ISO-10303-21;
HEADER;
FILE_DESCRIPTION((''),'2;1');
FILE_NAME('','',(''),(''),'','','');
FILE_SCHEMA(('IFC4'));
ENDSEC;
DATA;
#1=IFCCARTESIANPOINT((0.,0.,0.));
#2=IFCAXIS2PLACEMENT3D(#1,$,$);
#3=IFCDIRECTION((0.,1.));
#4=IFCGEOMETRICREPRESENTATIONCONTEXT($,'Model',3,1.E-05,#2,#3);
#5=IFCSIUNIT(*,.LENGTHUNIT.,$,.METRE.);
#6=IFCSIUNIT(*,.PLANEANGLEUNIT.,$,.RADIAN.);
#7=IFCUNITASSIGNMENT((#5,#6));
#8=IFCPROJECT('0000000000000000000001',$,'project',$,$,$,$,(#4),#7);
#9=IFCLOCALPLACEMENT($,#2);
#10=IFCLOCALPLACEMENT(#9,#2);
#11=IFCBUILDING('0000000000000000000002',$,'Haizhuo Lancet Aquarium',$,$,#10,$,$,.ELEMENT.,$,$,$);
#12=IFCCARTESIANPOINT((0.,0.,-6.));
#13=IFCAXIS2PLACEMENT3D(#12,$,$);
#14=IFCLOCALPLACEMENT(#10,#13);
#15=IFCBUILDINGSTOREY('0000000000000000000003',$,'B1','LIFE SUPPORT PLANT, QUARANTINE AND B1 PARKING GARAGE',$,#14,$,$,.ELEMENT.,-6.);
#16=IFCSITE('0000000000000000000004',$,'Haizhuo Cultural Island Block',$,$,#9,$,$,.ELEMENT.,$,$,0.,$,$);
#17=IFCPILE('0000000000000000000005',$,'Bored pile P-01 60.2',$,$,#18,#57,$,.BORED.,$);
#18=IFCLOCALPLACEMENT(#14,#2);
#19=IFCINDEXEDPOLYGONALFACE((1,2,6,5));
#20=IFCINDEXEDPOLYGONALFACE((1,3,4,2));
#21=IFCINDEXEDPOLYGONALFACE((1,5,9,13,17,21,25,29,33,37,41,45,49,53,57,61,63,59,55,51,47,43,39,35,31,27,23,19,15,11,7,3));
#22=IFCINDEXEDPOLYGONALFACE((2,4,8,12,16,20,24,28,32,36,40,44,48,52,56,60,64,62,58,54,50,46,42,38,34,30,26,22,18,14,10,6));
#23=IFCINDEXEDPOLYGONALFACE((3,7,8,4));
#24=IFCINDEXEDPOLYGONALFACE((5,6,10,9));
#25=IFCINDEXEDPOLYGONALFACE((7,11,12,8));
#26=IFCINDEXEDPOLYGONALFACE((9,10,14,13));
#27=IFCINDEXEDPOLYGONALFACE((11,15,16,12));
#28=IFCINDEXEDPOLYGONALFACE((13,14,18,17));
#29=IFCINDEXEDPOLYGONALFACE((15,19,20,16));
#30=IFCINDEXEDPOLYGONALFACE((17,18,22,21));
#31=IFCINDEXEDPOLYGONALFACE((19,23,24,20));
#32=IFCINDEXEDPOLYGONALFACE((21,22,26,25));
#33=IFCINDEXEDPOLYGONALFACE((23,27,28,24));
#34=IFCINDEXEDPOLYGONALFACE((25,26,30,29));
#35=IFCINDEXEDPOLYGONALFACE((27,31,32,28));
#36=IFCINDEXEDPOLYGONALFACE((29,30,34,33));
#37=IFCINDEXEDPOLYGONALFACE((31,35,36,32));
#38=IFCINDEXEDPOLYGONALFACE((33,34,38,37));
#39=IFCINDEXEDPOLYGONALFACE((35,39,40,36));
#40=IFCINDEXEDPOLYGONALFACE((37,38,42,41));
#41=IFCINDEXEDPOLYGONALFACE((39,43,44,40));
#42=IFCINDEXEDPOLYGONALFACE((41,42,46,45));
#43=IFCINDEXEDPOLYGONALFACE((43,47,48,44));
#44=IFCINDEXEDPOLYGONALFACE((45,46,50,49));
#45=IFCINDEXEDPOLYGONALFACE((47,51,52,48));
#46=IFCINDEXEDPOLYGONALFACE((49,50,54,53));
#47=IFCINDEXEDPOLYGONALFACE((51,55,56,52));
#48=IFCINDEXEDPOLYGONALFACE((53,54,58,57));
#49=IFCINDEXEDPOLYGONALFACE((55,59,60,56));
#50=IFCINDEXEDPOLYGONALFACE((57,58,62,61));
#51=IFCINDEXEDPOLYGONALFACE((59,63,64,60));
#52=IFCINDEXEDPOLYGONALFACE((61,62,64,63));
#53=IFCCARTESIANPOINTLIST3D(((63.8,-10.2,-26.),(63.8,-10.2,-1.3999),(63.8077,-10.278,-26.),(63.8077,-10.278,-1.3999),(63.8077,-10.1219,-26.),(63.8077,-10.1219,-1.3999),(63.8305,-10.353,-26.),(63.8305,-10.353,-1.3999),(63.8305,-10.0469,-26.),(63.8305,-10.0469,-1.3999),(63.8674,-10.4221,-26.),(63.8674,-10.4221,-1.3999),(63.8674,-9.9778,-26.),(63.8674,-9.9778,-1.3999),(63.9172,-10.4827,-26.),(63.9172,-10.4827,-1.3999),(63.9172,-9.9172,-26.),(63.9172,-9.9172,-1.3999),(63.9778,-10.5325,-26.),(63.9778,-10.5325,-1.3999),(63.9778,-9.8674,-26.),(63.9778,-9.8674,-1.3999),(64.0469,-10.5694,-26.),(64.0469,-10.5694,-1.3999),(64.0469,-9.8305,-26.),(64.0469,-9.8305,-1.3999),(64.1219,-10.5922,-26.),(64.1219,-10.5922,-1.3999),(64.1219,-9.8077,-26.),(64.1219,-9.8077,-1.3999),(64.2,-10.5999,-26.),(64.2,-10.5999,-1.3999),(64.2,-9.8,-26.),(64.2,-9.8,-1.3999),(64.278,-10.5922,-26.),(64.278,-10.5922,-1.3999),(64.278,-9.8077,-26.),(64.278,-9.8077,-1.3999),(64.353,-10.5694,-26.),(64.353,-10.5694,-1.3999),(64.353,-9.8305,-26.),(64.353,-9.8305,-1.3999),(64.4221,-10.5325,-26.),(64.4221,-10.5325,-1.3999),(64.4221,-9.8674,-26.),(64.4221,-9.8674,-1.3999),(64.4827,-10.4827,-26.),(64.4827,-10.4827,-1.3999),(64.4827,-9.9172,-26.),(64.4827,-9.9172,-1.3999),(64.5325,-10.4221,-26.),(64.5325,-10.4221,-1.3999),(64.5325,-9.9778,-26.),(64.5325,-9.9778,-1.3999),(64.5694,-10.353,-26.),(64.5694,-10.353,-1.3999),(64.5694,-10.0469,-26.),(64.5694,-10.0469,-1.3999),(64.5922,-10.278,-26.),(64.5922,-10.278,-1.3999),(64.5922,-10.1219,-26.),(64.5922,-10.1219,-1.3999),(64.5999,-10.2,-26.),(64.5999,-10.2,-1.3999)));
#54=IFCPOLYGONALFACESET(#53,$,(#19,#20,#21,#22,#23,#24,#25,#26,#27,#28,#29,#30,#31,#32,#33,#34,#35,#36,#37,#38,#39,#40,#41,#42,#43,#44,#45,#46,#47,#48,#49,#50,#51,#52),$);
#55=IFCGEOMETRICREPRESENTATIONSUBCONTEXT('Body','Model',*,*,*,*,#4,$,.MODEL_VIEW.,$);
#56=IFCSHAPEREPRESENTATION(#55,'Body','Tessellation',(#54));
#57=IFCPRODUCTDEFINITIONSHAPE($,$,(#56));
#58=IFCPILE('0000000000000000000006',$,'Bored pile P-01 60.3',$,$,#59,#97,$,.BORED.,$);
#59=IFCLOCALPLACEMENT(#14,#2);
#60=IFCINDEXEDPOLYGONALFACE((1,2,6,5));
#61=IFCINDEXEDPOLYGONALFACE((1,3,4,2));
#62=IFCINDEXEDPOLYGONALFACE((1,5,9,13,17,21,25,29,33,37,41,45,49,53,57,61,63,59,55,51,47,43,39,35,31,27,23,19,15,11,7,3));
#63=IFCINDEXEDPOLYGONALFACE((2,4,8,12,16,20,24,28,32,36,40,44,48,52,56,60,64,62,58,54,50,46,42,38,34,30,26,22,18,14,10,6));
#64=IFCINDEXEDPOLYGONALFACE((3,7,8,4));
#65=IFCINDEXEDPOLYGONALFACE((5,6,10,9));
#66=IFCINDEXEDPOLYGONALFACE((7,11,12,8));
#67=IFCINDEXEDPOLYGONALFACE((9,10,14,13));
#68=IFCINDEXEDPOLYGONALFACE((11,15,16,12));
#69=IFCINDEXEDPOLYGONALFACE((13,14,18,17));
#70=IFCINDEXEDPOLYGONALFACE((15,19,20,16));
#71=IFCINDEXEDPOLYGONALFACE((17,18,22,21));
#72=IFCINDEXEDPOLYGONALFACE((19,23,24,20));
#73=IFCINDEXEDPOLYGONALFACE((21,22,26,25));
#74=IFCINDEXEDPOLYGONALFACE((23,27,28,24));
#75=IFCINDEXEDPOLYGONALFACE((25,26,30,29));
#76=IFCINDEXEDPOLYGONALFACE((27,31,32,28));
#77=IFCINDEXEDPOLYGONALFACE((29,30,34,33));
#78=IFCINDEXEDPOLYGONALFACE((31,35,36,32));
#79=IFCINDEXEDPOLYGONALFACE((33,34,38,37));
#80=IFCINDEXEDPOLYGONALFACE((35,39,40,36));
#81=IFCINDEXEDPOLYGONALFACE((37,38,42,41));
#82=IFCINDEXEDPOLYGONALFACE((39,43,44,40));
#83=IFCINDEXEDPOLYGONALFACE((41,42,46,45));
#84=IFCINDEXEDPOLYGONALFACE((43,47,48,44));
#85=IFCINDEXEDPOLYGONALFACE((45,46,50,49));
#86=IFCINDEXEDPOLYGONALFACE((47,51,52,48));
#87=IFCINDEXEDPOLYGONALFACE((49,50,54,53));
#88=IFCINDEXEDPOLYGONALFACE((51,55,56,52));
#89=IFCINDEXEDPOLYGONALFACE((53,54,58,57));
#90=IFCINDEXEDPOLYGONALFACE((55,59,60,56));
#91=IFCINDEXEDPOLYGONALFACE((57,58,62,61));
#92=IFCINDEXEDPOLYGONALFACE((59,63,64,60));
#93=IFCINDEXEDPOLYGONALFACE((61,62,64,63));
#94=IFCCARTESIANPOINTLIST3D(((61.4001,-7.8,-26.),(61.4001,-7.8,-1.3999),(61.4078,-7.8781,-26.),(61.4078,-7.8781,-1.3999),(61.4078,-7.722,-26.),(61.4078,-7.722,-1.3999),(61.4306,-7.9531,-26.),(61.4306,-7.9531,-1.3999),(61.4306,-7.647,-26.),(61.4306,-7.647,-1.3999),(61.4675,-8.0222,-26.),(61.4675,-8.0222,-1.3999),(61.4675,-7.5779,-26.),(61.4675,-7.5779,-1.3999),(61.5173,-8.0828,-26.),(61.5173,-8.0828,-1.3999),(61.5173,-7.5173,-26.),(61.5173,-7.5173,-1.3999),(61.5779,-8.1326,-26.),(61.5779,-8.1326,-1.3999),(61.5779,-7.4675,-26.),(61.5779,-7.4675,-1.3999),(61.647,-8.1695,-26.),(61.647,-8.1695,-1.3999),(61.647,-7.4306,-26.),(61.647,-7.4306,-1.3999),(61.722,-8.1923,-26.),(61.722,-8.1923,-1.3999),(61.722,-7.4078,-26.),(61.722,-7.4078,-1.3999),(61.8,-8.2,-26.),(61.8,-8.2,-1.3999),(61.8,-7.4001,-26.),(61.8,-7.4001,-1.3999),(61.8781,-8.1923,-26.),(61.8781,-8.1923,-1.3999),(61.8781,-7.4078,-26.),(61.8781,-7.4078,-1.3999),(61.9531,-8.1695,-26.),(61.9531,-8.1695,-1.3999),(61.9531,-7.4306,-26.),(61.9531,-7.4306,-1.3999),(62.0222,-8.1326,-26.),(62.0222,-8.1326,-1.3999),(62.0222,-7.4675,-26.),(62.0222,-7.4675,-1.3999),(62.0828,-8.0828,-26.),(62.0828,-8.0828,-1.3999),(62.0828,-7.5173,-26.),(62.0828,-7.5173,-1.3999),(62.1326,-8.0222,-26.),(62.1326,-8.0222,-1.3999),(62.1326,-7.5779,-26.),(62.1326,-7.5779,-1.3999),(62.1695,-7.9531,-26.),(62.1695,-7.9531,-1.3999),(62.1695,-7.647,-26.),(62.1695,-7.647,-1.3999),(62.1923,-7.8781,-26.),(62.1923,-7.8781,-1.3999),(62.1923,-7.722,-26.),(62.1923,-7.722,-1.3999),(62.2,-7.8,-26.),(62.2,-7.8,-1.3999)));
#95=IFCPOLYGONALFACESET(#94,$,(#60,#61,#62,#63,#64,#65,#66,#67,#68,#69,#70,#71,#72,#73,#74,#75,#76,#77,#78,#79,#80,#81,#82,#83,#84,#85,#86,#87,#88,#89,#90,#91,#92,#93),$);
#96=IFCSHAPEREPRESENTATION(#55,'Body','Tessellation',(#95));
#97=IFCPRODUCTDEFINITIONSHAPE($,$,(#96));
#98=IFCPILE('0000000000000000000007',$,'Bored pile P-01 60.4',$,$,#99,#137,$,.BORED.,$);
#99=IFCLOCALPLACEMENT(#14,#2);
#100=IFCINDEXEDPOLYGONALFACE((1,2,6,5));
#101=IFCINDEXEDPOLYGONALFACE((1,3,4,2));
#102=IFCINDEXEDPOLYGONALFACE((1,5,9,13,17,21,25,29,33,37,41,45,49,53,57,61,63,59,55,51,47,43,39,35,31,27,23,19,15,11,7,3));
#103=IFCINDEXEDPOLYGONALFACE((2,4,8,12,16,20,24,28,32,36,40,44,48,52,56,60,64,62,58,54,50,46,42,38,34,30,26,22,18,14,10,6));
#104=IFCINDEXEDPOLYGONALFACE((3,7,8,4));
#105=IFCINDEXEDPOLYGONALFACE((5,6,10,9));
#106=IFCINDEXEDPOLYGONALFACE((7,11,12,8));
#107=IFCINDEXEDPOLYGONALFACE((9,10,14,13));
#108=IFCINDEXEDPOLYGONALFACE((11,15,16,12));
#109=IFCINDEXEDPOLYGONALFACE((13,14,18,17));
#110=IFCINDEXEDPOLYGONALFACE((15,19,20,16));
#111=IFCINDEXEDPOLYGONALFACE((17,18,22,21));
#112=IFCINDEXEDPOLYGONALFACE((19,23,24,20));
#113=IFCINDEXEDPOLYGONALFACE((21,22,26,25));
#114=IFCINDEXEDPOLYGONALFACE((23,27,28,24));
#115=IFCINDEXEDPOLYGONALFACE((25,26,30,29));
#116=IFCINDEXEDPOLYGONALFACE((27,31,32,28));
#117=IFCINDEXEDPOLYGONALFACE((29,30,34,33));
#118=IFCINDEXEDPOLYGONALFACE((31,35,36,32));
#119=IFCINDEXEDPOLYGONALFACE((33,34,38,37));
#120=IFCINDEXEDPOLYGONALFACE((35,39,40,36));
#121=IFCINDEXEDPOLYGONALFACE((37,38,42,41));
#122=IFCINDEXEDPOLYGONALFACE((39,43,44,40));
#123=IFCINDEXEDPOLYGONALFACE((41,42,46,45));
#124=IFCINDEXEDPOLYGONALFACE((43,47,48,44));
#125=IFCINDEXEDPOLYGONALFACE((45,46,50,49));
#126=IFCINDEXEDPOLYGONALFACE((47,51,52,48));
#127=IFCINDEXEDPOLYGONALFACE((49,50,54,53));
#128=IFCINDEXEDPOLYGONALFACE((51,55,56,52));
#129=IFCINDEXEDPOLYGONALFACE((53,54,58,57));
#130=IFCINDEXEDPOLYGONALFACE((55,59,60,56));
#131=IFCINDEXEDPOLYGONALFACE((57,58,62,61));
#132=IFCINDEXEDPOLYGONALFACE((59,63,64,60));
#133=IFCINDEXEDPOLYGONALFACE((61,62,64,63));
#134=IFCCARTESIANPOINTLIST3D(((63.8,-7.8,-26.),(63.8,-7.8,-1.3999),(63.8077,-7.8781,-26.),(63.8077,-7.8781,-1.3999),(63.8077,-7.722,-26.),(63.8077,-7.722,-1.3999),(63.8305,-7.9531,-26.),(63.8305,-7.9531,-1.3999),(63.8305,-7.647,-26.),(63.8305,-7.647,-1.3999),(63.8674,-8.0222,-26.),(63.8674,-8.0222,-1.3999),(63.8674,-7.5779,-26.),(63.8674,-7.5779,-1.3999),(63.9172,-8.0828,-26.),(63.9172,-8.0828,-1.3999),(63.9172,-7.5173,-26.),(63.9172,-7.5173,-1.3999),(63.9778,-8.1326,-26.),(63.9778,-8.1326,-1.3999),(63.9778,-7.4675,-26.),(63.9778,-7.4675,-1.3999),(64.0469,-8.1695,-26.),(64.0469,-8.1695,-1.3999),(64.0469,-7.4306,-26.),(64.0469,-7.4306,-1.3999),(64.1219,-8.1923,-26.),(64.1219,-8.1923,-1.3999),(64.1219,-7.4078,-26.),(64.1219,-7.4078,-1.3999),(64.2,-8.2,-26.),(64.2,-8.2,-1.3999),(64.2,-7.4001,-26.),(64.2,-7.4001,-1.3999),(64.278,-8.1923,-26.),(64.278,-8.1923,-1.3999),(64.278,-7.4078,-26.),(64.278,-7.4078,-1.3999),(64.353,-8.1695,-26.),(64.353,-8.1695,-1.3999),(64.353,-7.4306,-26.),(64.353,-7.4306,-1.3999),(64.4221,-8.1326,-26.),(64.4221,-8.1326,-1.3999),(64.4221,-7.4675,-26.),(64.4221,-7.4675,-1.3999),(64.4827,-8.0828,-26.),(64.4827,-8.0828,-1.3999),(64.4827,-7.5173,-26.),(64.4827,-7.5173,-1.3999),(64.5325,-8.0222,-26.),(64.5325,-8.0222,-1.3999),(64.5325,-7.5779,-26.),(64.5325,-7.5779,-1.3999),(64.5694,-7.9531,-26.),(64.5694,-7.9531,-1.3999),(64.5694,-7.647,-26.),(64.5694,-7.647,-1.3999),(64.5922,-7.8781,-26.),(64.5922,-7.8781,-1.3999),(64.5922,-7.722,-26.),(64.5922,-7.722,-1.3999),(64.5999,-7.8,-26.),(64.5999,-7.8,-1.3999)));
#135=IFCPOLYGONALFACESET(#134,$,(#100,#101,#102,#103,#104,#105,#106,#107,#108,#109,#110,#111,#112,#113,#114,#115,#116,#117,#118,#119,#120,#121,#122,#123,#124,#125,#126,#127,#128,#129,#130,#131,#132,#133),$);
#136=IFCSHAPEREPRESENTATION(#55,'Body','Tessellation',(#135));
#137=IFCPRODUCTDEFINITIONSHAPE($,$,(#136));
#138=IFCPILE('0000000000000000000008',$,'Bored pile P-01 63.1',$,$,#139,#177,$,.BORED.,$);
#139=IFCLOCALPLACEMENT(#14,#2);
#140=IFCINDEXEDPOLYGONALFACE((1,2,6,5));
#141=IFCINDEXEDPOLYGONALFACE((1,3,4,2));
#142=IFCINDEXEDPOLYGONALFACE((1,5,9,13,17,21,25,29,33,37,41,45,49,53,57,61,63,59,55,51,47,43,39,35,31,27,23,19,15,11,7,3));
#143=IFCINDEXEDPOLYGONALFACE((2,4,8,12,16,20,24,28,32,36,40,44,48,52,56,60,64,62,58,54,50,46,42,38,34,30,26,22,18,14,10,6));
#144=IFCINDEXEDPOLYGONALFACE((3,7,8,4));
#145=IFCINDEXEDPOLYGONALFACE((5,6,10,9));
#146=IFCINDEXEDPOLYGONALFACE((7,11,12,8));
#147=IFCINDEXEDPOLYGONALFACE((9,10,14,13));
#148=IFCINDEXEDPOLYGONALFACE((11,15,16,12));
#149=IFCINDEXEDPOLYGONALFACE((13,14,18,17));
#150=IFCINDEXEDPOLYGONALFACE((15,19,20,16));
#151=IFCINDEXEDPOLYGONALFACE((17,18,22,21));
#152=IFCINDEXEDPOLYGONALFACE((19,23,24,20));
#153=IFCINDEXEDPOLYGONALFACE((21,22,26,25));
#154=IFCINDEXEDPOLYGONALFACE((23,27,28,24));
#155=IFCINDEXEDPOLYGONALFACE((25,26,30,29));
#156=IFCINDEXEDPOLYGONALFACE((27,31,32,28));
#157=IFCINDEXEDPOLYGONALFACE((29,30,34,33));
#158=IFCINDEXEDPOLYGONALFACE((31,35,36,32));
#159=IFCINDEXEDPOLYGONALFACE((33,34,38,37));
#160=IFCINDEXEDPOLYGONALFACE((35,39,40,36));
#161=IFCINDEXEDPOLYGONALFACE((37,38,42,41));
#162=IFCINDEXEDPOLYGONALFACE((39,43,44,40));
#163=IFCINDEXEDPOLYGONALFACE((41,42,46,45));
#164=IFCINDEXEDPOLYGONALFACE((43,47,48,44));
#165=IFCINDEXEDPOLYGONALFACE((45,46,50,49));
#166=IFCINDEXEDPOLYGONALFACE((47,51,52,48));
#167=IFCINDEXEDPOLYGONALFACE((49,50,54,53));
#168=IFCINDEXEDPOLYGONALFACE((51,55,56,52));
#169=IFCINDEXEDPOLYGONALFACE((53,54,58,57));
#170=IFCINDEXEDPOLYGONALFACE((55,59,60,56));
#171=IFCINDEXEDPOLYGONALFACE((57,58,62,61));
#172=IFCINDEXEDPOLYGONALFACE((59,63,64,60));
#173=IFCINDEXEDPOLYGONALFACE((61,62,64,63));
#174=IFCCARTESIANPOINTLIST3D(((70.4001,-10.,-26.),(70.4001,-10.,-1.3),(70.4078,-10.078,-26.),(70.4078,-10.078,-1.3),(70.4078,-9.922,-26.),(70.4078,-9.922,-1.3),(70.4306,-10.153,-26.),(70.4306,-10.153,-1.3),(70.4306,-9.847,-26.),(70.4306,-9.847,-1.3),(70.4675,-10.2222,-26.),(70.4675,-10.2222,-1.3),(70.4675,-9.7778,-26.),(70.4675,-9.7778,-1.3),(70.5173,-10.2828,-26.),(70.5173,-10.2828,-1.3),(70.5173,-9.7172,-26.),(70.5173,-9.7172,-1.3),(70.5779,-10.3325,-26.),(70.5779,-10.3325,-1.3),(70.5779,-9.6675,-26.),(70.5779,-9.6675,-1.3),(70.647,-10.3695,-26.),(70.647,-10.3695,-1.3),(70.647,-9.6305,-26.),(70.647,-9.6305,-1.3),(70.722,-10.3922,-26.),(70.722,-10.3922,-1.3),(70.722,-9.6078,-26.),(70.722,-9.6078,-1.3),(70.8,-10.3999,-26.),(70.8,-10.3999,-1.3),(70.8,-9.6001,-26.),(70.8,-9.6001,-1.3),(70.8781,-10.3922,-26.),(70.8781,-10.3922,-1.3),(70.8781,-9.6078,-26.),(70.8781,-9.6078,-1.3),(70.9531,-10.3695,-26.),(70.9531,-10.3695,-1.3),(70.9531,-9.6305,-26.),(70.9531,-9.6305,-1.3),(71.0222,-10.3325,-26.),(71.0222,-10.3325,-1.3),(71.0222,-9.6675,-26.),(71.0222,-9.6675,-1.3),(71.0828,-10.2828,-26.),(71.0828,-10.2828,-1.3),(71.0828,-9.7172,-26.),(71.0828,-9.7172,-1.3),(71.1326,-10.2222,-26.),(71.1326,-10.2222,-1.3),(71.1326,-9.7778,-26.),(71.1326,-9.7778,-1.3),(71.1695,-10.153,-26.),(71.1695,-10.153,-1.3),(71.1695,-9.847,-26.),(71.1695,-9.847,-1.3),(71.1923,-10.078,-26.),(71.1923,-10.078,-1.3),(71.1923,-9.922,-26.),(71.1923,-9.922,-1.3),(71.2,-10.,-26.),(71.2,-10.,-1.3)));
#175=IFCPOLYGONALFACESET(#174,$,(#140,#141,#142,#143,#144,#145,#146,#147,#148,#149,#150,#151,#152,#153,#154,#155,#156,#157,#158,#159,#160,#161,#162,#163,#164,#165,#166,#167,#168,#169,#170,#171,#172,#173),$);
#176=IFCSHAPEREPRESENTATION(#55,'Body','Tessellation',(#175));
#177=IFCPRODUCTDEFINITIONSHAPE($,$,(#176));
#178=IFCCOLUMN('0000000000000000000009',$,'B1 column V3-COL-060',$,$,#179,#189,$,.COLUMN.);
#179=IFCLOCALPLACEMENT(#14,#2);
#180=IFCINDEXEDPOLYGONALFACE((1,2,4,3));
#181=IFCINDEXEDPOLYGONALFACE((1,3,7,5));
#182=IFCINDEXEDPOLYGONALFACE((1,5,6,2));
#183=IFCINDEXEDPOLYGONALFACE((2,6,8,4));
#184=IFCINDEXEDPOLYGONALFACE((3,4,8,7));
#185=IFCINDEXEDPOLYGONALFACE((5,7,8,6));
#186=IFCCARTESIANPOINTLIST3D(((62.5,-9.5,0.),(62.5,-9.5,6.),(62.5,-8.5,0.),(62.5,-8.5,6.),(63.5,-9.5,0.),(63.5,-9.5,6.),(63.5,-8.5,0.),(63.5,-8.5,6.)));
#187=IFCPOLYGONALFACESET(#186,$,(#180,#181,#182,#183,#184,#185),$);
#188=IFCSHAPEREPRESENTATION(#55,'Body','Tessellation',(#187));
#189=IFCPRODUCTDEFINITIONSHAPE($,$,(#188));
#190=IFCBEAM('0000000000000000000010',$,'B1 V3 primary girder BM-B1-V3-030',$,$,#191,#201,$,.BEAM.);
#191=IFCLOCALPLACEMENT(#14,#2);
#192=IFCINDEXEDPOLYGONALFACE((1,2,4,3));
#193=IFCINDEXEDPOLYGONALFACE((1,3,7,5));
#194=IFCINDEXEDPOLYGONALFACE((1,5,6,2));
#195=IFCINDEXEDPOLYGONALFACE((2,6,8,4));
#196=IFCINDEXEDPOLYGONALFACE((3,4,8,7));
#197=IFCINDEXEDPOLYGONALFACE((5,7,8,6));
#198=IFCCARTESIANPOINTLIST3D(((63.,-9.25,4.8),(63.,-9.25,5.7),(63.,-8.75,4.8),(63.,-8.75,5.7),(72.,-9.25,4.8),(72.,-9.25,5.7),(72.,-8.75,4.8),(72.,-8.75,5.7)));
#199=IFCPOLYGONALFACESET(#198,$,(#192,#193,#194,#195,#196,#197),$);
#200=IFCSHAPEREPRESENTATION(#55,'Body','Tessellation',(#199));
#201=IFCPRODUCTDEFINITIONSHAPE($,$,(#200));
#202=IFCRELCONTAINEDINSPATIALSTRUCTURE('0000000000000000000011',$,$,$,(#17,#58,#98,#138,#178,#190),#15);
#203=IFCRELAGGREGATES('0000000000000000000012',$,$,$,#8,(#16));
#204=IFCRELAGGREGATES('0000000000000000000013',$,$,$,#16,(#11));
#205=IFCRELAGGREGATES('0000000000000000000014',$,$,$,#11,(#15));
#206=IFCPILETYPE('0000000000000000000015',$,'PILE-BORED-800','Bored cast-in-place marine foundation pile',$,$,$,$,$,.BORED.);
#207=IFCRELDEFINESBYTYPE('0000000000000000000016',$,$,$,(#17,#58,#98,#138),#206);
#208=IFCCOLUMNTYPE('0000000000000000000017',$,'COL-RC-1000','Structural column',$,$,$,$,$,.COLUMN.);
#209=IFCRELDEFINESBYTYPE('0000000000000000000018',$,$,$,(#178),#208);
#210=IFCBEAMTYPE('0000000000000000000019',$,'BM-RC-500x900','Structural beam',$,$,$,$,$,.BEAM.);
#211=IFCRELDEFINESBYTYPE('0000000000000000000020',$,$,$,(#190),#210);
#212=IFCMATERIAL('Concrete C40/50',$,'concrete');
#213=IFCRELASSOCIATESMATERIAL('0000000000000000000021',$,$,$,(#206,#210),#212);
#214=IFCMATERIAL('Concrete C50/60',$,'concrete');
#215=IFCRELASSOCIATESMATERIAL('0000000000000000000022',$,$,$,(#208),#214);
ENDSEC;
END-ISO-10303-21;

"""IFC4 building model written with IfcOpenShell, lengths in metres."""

from ifc_helpers import new_model, si_unit, direction, frame, origin, origin_2d, place, context, subcontext, project, spatial, rectangle, circle, extrude, material, material_profile, profile_set, type_object, element, save


model = new_model("IFC4")

# Units and contexts
model_context = context("Model", 3, precision=1e-05, world=origin(), true_north=direction((0.0, 1.0)))
body_context = subcontext(model_context, "Body", "Model", "MODEL_VIEW")
ifc_project = project(units=[si_unit("LENGTHUNIT", "METRE"), si_unit("PLANEANGLEUNIT", "RADIAN")], contexts=[model_context])

# Site, building, storey
site_placement = place(None, origin())
site = spatial("IfcSite", under=ifc_project, at=site_placement, Name="Haizhuo Cultural Island Block", CompositionType="ELEMENT", RefElevation=0.0)
building_placement = place(site_placement, origin())
building = spatial("IfcBuilding", under=site, at=building_placement, Name="Haizhuo Lancet Aquarium", CompositionType="ELEMENT")
storey_placement = place(building_placement, frame((0.0, 0.0, -6.0)))
storey = spatial("IfcBuildingStorey", under=building, at=storey_placement, Name="B1", Description="LIFE SUPPORT PLANT, QUARANTINE AND B1 PARKING GARAGE", CompositionType="ELEMENT", Elevation=-6.0)

# Shared definitions
ifc_material_1 = material(Name="Concrete C40/50", Category="concrete")

# Piles
ifc_material_profile_1 = material_profile(ifc_material_1, circle(Radius=0.3999, at=origin_2d()), Name="PILE-800")
ifc_profile_set_1 = profile_set([ifc_material_profile_1], Name="Concrete C40/50")
pile_type = type_object("IfcPileType", Name="PILE-BORED-800", Description="Bored cast-in-place marine foundation pile", PredefinedType="BORED", material=ifc_profile_set_1)
for number, where, z_axis, x_axis, name in (
    (1, (64.2, -10.2, -1.3999), (0.0, 0.0, -1.0), (1.0, 0.0, 0.0), "Bored pile P-01 60.2"),
    (2, (61.8, -7.8, -1.3999), (0.0, 0.0, -1.0), (1.0, 0.0, 0.0), "Bored pile P-01 60.3"),
    (3, (64.2, -7.8, -1.3999), (0.0, 0.0, -1.0), (1.0, 0.0, 0.0), "Bored pile P-01 60.4"),
):
    element("IfcPile", number, at=place(storey_placement, frame(where, z_axis=z_axis, x_axis=x_axis)), inside=storey, type_object=pile_type, Name=name, PredefinedType="BORED", context=body_context, shape_type="SweptSolid", body=[
        extrude(circle(Radius=0.3999, at=origin_2d()), origin(), (0.0, 0.0, 1.0), 24.6001),
    ])
pile_1_placement = place(storey_placement, frame((70.8, -10.0, -1.3), z_axis=(0.0, 0.0, -1.0), x_axis=(1.0, 0.0, 0.0)))
element("IfcPile", 4, at=pile_1_placement, inside=storey, type_object=pile_type, Name="Bored pile P-01 63.1", PredefinedType="BORED", context=body_context, shape_type="SweptSolid", body=[
    extrude(circle(Radius=0.3999, at=origin_2d()), origin(), (0.0, 0.0, 1.0), 24.7),
])

# Column
ifc_material_2 = material(Name="Concrete C50/60", Category="concrete")
ifc_material_profile_2 = material_profile(ifc_material_2, rectangle(XDim=1.0, YDim=1.0, at=origin_2d()), Name="RC-COL 1000x1000")
ifc_profile_set_2 = profile_set([ifc_material_profile_2], Name="Concrete C50/60")
column_type = type_object("IfcColumnType", Name="COL-RC-1000", Description="Structural column", PredefinedType="COLUMN", material=ifc_profile_set_2)
column_placement = place(storey_placement, frame((63.0, -9.0, 0.0), z_axis=(0.0, 0.0, 1.0), x_axis=(1.0, 0.0, 0.0)))
element("IfcColumn", 5, at=column_placement, inside=storey, type_object=column_type, Name="B1 column V3-COL-060", PredefinedType="COLUMN", context=body_context, shape_type="SweptSolid", body=[
    extrude(rectangle(XDim=1.0, YDim=1.0, at=origin_2d()), origin(), (0.0, 0.0, 1.0), 6.0),
])

# Beam
ifc_material_profile_3 = material_profile(ifc_material_1, rectangle(XDim=0.5, YDim=0.8999, at=origin_2d()), Name="RC-BM 500x900")
ifc_profile_set_3 = profile_set([ifc_material_profile_3], Name="Concrete C40/50")
beam_type_1 = type_object("IfcBeamType", Name="BM-RC-500x900", Description="Structural beam", PredefinedType="BEAM", material=ifc_profile_set_3)
beam_1_placement = place(storey_placement, frame((63.0, -9.0, 5.25), z_axis=(1.0, 0.0, 0.0), x_axis=(0.0, 1.0, 0.0)))
element("IfcBeam", 6, at=beam_1_placement, inside=storey, type_object=beam_type_1, Name="B1 V3 primary girder BM-B1-V3-030", PredefinedType="BEAM", context=body_context, shape_type="SweptSolid", body=[
    extrude(rectangle(XDim=0.5, YDim=0.8999, at=origin_2d()), origin(), (0.0, 0.0, 1.0), 9.0),
])

save(model, "model.ifc")
